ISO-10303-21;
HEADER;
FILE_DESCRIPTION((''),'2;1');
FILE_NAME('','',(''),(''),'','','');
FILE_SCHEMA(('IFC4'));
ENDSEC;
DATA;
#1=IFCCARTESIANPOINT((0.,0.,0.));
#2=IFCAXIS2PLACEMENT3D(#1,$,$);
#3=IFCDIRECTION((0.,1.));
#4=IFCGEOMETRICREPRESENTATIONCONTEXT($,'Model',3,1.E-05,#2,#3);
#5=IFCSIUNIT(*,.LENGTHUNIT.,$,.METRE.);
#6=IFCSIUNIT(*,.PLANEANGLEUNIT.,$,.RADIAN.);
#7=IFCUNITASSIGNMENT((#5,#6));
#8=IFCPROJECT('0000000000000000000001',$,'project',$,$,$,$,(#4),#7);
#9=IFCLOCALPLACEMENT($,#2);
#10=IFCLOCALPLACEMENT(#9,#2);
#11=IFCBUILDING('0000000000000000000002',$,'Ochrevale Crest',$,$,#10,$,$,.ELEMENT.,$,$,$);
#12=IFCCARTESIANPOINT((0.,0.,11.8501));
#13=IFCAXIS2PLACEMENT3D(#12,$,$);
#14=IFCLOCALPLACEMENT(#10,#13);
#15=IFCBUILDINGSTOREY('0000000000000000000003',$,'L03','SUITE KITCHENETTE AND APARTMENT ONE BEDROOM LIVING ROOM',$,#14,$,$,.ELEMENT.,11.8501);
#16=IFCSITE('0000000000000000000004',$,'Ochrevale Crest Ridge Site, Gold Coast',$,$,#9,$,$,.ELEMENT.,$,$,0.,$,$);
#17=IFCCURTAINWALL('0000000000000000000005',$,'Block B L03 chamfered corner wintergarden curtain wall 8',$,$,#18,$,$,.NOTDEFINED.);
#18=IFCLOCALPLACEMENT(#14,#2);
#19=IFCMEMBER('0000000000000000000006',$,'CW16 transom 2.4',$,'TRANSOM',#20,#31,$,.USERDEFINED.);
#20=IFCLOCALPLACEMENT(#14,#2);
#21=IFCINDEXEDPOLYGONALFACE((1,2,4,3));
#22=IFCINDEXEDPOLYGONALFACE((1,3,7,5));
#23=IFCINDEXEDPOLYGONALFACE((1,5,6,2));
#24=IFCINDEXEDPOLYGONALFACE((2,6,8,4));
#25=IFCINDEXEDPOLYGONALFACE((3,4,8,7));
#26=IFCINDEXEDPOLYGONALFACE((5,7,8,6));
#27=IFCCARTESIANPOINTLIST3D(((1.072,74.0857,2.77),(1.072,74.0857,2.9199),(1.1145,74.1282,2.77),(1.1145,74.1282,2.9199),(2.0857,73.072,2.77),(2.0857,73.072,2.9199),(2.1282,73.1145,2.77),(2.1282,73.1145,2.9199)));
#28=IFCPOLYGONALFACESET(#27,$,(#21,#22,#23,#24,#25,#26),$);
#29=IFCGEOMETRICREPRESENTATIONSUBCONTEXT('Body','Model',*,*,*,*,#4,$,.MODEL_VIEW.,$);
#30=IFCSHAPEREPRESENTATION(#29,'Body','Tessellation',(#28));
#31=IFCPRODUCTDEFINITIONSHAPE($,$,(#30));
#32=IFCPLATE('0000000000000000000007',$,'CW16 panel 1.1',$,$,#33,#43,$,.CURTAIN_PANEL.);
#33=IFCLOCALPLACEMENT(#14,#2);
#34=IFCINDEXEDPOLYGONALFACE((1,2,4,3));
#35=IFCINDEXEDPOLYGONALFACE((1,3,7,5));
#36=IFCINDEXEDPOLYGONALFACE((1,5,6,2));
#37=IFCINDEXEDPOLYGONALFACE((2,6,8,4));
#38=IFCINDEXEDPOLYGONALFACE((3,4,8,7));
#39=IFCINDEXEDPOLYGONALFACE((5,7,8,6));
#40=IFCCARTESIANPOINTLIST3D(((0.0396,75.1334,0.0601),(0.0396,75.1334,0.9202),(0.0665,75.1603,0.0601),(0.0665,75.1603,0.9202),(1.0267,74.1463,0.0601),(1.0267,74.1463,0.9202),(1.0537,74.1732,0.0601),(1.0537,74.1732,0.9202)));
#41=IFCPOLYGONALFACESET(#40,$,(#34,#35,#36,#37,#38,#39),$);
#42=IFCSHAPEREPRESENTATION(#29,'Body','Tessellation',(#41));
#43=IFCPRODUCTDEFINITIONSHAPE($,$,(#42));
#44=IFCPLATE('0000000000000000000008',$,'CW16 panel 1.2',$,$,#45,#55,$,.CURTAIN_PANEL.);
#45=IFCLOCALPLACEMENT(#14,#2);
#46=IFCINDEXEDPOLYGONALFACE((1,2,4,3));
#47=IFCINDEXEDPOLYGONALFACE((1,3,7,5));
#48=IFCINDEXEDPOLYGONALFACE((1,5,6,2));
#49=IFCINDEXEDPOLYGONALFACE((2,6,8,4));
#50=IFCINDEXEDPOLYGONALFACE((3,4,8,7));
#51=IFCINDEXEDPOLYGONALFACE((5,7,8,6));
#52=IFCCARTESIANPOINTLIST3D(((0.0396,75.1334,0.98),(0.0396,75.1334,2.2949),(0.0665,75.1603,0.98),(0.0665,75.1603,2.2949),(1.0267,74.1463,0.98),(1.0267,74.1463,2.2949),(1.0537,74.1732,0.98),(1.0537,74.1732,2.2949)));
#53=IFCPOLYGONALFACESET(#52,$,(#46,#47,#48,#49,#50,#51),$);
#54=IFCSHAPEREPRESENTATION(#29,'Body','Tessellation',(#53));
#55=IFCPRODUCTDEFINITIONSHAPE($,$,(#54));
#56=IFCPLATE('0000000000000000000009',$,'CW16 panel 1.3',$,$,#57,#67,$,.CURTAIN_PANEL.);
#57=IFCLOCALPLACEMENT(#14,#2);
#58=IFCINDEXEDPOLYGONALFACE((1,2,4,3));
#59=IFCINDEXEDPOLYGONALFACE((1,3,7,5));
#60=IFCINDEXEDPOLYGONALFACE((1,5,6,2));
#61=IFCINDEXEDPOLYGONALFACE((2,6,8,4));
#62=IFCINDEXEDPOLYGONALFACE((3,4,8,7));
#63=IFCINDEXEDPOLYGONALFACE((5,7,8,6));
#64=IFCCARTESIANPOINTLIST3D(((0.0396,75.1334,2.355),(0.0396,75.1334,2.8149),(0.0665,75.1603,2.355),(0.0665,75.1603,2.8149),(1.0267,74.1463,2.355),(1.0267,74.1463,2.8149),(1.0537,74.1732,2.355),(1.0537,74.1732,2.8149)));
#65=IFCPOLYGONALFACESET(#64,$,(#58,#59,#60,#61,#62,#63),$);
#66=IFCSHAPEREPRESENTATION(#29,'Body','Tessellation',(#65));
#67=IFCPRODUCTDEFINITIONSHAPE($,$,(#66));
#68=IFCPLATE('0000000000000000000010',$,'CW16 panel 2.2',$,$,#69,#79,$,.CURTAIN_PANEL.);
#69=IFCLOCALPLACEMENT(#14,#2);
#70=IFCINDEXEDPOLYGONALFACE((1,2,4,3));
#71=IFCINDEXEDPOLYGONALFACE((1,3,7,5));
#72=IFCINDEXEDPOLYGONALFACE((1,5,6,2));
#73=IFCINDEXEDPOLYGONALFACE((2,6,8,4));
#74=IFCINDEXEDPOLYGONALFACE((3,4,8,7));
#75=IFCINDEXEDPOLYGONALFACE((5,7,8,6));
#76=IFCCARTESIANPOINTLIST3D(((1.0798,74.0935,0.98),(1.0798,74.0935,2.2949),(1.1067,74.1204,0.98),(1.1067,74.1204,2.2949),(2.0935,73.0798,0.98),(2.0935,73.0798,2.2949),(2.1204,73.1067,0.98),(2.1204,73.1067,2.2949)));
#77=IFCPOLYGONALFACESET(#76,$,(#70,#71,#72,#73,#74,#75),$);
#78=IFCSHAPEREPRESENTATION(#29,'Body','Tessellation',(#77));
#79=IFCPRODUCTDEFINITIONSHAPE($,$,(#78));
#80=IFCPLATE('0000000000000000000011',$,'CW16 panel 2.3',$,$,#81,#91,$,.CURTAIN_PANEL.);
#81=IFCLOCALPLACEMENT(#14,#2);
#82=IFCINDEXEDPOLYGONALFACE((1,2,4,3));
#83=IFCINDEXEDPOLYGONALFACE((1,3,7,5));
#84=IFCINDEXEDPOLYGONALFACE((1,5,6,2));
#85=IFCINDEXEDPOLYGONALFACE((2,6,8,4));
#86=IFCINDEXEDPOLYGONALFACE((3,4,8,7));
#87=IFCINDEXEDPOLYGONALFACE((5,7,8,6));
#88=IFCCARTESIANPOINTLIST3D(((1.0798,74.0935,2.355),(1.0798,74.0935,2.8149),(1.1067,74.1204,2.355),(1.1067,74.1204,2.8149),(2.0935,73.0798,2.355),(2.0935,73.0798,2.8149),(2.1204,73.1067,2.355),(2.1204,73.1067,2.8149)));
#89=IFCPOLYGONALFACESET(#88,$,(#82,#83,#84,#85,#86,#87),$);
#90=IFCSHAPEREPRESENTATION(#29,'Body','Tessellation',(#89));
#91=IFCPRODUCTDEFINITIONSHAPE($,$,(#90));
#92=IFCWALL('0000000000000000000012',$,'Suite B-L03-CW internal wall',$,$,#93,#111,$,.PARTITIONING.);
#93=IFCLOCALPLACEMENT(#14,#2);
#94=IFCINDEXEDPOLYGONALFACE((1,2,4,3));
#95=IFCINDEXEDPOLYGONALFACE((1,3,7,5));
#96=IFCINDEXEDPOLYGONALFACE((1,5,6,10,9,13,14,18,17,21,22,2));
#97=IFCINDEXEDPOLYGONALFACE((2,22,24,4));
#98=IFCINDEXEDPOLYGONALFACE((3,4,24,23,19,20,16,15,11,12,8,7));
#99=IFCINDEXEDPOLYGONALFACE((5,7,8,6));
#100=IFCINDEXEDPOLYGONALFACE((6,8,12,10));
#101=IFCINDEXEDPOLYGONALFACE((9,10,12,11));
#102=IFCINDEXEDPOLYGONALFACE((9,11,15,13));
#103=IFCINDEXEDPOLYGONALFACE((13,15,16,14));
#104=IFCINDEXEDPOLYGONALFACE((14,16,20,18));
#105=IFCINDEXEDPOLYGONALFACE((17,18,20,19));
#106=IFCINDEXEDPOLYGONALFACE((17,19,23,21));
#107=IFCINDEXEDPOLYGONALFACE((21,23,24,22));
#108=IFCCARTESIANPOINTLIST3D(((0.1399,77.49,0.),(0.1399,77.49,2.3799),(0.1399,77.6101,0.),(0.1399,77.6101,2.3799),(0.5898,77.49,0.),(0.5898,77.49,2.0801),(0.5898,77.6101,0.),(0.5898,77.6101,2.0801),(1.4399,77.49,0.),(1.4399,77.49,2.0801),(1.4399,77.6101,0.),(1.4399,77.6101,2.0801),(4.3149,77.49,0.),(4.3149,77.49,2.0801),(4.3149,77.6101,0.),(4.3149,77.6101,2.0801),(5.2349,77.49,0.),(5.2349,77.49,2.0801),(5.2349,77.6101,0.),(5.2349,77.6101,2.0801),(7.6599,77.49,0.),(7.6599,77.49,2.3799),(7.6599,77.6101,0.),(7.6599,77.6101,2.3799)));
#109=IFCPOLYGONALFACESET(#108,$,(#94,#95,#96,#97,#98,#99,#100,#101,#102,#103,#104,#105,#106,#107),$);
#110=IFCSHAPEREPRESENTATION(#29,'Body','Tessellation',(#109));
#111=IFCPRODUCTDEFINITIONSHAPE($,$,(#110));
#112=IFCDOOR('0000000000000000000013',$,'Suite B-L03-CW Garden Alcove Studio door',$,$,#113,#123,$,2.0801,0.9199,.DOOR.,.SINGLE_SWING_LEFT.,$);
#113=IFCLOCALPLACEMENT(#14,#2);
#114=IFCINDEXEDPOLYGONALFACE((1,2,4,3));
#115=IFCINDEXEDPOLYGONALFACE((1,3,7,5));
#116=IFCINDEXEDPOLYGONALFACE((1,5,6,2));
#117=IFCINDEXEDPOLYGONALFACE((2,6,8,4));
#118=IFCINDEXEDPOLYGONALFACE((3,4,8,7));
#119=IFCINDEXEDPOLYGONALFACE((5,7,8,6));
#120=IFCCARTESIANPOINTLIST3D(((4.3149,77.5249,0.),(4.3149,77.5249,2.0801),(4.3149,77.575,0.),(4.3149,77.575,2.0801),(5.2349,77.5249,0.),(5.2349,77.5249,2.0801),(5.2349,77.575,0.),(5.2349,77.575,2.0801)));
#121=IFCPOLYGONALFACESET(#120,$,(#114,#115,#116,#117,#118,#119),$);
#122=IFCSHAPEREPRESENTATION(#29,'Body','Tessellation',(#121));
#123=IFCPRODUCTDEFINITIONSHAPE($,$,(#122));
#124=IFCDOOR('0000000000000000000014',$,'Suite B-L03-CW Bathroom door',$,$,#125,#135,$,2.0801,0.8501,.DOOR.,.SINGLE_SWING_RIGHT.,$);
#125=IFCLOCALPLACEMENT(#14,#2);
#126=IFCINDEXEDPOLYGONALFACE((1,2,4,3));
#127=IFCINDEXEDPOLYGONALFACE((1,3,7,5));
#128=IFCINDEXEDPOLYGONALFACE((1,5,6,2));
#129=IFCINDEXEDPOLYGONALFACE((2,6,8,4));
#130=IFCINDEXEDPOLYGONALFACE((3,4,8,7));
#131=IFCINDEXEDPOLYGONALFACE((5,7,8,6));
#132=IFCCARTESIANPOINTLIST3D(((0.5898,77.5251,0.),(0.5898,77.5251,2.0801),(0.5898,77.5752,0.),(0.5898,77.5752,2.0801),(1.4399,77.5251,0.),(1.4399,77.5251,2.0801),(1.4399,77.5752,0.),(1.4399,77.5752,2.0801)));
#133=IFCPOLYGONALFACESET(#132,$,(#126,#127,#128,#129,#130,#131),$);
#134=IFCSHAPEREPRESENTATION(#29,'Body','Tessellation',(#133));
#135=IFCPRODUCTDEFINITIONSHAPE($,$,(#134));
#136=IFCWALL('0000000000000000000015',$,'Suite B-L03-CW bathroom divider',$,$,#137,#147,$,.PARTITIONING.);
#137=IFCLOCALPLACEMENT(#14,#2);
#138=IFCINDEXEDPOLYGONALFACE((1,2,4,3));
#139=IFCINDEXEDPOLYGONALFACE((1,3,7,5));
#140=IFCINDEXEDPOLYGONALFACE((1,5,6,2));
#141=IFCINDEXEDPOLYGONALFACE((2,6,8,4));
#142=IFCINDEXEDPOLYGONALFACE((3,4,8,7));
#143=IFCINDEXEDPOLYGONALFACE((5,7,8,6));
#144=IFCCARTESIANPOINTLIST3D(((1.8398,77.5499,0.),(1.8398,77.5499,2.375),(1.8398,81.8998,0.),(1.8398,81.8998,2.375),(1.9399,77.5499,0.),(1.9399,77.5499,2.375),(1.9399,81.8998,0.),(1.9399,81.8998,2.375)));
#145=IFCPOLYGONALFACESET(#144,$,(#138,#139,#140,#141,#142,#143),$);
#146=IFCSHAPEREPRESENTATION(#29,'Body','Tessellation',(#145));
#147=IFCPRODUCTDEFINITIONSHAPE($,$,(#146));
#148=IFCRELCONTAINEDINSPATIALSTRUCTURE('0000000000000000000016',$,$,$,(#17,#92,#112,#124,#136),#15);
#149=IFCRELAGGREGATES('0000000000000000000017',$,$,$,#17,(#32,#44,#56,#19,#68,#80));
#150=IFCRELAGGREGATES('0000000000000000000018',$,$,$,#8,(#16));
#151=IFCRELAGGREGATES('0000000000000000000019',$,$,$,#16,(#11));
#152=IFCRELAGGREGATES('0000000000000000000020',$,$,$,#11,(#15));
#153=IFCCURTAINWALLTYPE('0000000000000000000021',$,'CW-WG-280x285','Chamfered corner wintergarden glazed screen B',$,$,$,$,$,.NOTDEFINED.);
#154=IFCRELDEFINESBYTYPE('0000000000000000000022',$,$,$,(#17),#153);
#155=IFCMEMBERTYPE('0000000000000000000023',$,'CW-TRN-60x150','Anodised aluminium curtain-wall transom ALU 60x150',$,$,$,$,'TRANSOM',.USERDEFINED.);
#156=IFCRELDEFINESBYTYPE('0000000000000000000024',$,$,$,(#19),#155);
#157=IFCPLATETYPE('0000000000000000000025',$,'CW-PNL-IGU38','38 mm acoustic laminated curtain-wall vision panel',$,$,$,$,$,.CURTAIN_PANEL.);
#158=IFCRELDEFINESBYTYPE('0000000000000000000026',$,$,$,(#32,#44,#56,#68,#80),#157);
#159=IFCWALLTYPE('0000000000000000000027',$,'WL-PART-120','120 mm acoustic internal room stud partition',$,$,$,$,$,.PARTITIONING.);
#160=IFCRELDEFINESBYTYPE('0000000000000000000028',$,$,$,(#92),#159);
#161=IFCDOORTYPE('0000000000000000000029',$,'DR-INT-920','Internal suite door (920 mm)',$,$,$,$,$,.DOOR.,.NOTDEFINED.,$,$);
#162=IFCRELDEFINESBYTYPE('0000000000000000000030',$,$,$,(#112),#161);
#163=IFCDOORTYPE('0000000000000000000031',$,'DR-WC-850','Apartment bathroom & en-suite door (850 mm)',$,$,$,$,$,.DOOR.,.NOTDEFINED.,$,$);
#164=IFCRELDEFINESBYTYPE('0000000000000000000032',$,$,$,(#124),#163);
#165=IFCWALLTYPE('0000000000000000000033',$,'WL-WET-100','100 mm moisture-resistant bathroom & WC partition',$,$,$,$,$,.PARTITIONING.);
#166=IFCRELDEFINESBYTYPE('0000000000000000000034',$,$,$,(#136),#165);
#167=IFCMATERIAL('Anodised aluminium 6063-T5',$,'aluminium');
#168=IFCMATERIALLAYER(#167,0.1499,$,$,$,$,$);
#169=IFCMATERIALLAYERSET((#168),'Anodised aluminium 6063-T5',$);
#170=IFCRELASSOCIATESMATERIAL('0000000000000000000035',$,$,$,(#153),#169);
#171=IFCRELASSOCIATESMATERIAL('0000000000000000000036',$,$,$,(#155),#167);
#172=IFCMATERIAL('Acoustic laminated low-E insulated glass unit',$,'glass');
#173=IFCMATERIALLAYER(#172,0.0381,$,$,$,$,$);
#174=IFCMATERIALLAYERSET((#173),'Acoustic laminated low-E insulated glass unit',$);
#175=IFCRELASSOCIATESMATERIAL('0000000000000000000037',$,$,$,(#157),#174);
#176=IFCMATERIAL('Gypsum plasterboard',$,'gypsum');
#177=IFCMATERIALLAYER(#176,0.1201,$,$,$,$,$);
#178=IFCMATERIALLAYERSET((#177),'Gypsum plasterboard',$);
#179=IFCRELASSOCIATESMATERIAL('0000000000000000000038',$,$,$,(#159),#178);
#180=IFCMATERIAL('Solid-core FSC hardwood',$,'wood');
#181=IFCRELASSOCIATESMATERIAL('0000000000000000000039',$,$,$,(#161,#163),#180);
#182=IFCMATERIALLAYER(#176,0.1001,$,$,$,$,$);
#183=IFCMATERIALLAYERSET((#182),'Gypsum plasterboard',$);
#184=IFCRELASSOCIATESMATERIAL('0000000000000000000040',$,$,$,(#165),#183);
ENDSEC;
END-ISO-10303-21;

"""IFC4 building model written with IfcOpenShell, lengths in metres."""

from ifc_helpers import new_model, si_unit, direction, frame, frame_2d, origin, origin_2d, place, context, subcontext, project, spatial, rectangle, extrude, material, layer, layer_set, material_profile, profile_set, type_object, element, fill, aggregate, save


model = new_model("IFC4")

# Units and contexts
model_context = context("Model", 3, precision=1e-05, world=origin(), true_north=direction((0.0, 1.0)))
body_context = subcontext(model_context, "Body", "Model", "MODEL_VIEW")
ifc_project = project(units=[si_unit("LENGTHUNIT", "METRE"), si_unit("PLANEANGLEUNIT", "RADIAN")], contexts=[model_context])

# Site, building, storey
site_placement = place(None, origin())
site = spatial("IfcSite", under=ifc_project, at=site_placement, Name="Ochrevale Crest Ridge Site, Gold Coast", CompositionType="ELEMENT", RefElevation=0.0)
building_placement = place(site_placement, origin())
building = spatial("IfcBuilding", under=site, at=building_placement, Name="Ochrevale Crest", CompositionType="ELEMENT")
storey_placement = place(building_placement, frame((0.0, 0.0, 11.8501)))
storey = spatial("IfcBuildingStorey", under=building, at=storey_placement, Name="L03", Description="SUITE KITCHENETTE AND APARTMENT ONE BEDROOM LIVING ROOM", CompositionType="ELEMENT", Elevation=11.8501)

# Curtain wall, member, plates
ifc_material_1 = material(Name="Anodised aluminium 6063-T5", Category="aluminium")
ifc_layer_1 = layer(ifc_material_1, 0.1499)
ifc_layer_set_1 = layer_set([ifc_layer_1], Name="Anodised aluminium 6063-T5")
curtain_wall_type = type_object("IfcCurtainWallType", Name="CW-WG-280x285", Description="Chamfered corner wintergarden glazed screen B", PredefinedType="NOTDEFINED", material=ifc_layer_set_1)
curtain_wall_placement = place(storey_placement, origin())
curtain_wall = element("IfcCurtainWall", 1, at=curtain_wall_placement, inside=storey, type_object=curtain_wall_type, Name="Block B L03 chamfered corner wintergarden curtain wall 8", PredefinedType="NOTDEFINED")
ifc_material_profile_1 = material_profile(ifc_material_1, rectangle(XDim=0.0601, YDim=0.1499, at=origin_2d()), Name="ALU 60x150")
ifc_profile_set_1 = profile_set([ifc_material_profile_1], Name="Anodised aluminium 6063-T5")
member_type_1 = type_object("IfcMemberType", Name="CW-TRN-60x150", Description="Anodised aluminium curtain-wall transom ALU 60x150", ElementType="TRANSOM", PredefinedType="USERDEFINED", material=ifc_profile_set_1)
member_1_placement = place(storey_placement, frame((1.0933, 74.1069, 2.845), z_axis=(0.707107, -0.707107, 0.0), x_axis=(0.707107, 0.707107, 0.0)))
member_1 = element("IfcMember", 2, at=member_1_placement, type_object=member_type_1, Name="CW16 transom 2.4", ObjectType="TRANSOM", PredefinedType="USERDEFINED", context=body_context, shape_type="SweptSolid", body=[
    extrude(rectangle(XDim=0.0601, YDim=0.1499, at=origin_2d()), origin(), (0.0, 0.0, 1.0), 1.4336),
])
ifc_material_2 = material(Name="Acoustic laminated low-E insulated glass unit", Category="glass")
ifc_layer_2 = layer(ifc_material_2, 0.0381)
ifc_layer_set_2 = layer_set([ifc_layer_2], Name="Acoustic laminated low-E insulated glass unit")
plate_type = type_object("IfcPlateType", Name="CW-PNL-IGU38", Description="38 mm acoustic laminated curtain-wall vision panel", PredefinedType="CURTAIN_PANEL", material=ifc_layer_set_2)
plate_1_placement = place(storey_placement, frame((0.5466, 74.6533, 0.0601), z_axis=(0.0, 0.0, 1.0), x_axis=(0.707107, -0.707107, 0.0)))
plate_1 = element("IfcPlate", 3, at=plate_1_placement, type_object=plate_type, Name="CW16 panel 1.1", PredefinedType="CURTAIN_PANEL", context=body_context, shape_type="SweptSolid", body=[
    extrude(rectangle(XDim=1.396, YDim=0.0381, at=origin_2d()), origin(), (0.0, 0.0, 1.0), 0.8601),
])
plate_2_placement = place(storey_placement, frame((0.5466, 74.6533, 0.98), z_axis=(0.0, 0.0, 1.0), x_axis=(0.707107, -0.707107, 0.0)))
plate_2 = element("IfcPlate", 4, at=plate_2_placement, type_object=plate_type, Name="CW16 panel 1.2", PredefinedType="CURTAIN_PANEL", context=body_context, shape_type="SweptSolid", body=[
    extrude(rectangle(XDim=1.396, YDim=0.0381, at=origin_2d()), origin(), (0.0, 0.0, 1.0), 1.3149),
])
plate_3_placement = place(storey_placement, frame((0.5466, 74.6533, 2.355), z_axis=(0.0, 0.0, 1.0), x_axis=(0.707107, -0.707107, 0.0)))
plate_3 = element("IfcPlate", 5, at=plate_3_placement, type_object=plate_type, Name="CW16 panel 1.3", PredefinedType="CURTAIN_PANEL", context=body_context, shape_type="SweptSolid", body=[
    extrude(rectangle(XDim=1.396, YDim=0.0381, at=origin_2d()), origin(), (0.0, 0.0, 1.0), 0.46),
])
plate_4_placement = place(storey_placement, frame((1.6001, 73.6001, 0.98), z_axis=(0.0, 0.0, 1.0), x_axis=(0.707107, -0.707107, 0.0)))
plate_4 = element("IfcPlate", 6, at=plate_4_placement, type_object=plate_type, Name="CW16 panel 2.2", PredefinedType="CURTAIN_PANEL", context=body_context, shape_type="SweptSolid", body=[
    extrude(rectangle(XDim=1.4336, YDim=0.0381, at=origin_2d()), origin(), (0.0, 0.0, 1.0), 1.3149),
])
plate_5_placement = place(storey_placement, frame((1.6001, 73.6001, 2.355), z_axis=(0.0, 0.0, 1.0), x_axis=(0.707107, -0.707107, 0.0)))
plate_5 = element("IfcPlate", 7, at=plate_5_placement, type_object=plate_type, Name="CW16 panel 2.3", PredefinedType="CURTAIN_PANEL", context=body_context, shape_type="SweptSolid", body=[
    extrude(rectangle(XDim=1.4336, YDim=0.0381, at=origin_2d()), origin(), (0.0, 0.0, 1.0), 0.46),
])
aggregate(curtain_wall, [plate_1, plate_2, plate_3, member_1, plate_4, plate_5])

# Wall, openings, doors
ifc_material_3 = material(Name="Gypsum plasterboard", Category="gypsum")
ifc_layer_3 = layer(ifc_material_3, 0.1201)
ifc_layer_set_3 = layer_set([ifc_layer_3], Name="Gypsum plasterboard")
wall_type_1 = type_object("IfcWallType", Name="WL-PART-120", Description="120 mm acoustic internal room stud partition", PredefinedType="PARTITIONING", material=ifc_layer_set_3)
wall_1_placement = place(storey_placement, frame((0.1399, 77.55, 0.0), z_axis=(0.0, 0.0, 1.0), x_axis=(1.0, 0.0, 0.0)))
wall_1 = element("IfcWall", 8, at=wall_1_placement, inside=storey, type_object=wall_type_1, Name="Suite B-L03-CW internal wall", PredefinedType="PARTITIONING", context=body_context, shape_type="SweptSolid", body=[
    extrude(rectangle(XDim=7.52, YDim=0.1201, at=frame_2d((3.76, 0.0))), origin(), (0.0, 0.0, 1.0), 2.3799),
])
opening_1_placement = place(wall_1_placement, frame((1.3, 0.0, 0.0), z_axis=(0.0, 0.0, 1.0), x_axis=(-1.0, 0.0, 0.0)))
opening_1 = element("IfcOpeningElement", 9, at=opening_1_placement, cuts=wall_1, PredefinedType="OPENING", context=body_context, shape_type="SweptSolid", body=[
    extrude(rectangle(XDim=0.8501, YDim=2.0801, at=frame_2d((0.425, 1.04))), frame((0.0, 0.0701, 0.0), z_axis=(0.0, -1.0, 0.0), x_axis=(1.0, 0.0, 0.0)), (0.0, 0.0, 1.0), 0.1401),
])
opening_2_placement = place(wall_1_placement, frame((4.175, 0.0, 0.0)))
opening_2 = element("IfcOpeningElement", 10, at=opening_2_placement, cuts=wall_1, PredefinedType="OPENING", context=body_context, shape_type="SweptSolid", body=[
    extrude(rectangle(XDim=0.9199, YDim=2.0801, at=frame_2d((0.46, 1.04))), frame((0.0, 0.0701, 0.0), z_axis=(0.0, -1.0, 0.0), x_axis=(1.0, 0.0, 0.0)), (0.0, 0.0, 1.0), 0.1401),
])
ifc_material_4 = material(Name="Solid-core FSC hardwood", Category="wood")
door_type_1 = type_object("IfcDoorType", Name="DR-INT-920", Description="Internal suite door (920 mm)", OperationType="NOTDEFINED", PredefinedType="DOOR", material=ifc_material_4)
door_1_placement = place(opening_2_placement, origin())
door_1 = element("IfcDoor", 11, at=door_1_placement, inside=storey, type_object=door_type_1, Name="Suite B-L03-CW Garden Alcove Studio door", OperationType="SINGLE_SWING_LEFT", OverallHeight=2.0801, OverallWidth=0.9199, PredefinedType="DOOR", context=body_context, shape_type="SweptSolid", body=[
    extrude(rectangle(XDim=0.9199, YDim=2.0801, at=frame_2d((0.46, 1.04))), frame((0.0, 0.0249, 0.0), z_axis=(0.0, -1.0, 0.0), x_axis=(1.0, 0.0, 0.0)), (0.0, 0.0, 1.0), 0.05),
])
fill(opening_2, door_1)
door_type_2 = type_object("IfcDoorType", Name="DR-WC-850", Description="Apartment bathroom & en-suite door (850 mm)", OperationType="NOTDEFINED", PredefinedType="DOOR", material=ifc_material_4)
door_2_placement = place(opening_1_placement, origin())
door_2 = element("IfcDoor", 12, at=door_2_placement, inside=storey, type_object=door_type_2, Name="Suite B-L03-CW Bathroom door", OperationType="SINGLE_SWING_RIGHT", OverallHeight=2.0801, OverallWidth=0.8501, PredefinedType="DOOR", context=body_context, shape_type="SweptSolid", body=[
    extrude(rectangle(XDim=0.8501, YDim=2.0801, at=frame_2d((0.425, 1.04))), frame((0.0, 0.0249, 0.0), z_axis=(0.0, -1.0, 0.0), x_axis=(1.0, 0.0, 0.0)), (0.0, 0.0, 1.0), 0.05),
])
fill(opening_1, door_2)

# Wall
ifc_layer_4 = layer(ifc_material_3, 0.1001)
ifc_layer_set_4 = layer_set([ifc_layer_4], Name="Gypsum plasterboard")
wall_type_2 = type_object("IfcWallType", Name="WL-WET-100", Description="100 mm moisture-resistant bathroom & WC partition", PredefinedType="PARTITIONING", material=ifc_layer_set_4)
wall_2_placement = place(storey_placement, frame((1.8899, 77.55, 0.0), z_axis=(0.0, 0.0, 1.0), x_axis=(0.0, 1.0, 0.0)))
element("IfcWall", 13, at=wall_2_placement, inside=storey, type_object=wall_type_2, Name="Suite B-L03-CW bathroom divider", PredefinedType="PARTITIONING", context=body_context, shape_type="SweptSolid", body=[
    extrude(rectangle(XDim=4.3499, YDim=0.1001, at=frame_2d((2.1748, 0.0))), origin(), (0.0, 0.0, 1.0), 2.375),
])

save(model, "model.ifc")
